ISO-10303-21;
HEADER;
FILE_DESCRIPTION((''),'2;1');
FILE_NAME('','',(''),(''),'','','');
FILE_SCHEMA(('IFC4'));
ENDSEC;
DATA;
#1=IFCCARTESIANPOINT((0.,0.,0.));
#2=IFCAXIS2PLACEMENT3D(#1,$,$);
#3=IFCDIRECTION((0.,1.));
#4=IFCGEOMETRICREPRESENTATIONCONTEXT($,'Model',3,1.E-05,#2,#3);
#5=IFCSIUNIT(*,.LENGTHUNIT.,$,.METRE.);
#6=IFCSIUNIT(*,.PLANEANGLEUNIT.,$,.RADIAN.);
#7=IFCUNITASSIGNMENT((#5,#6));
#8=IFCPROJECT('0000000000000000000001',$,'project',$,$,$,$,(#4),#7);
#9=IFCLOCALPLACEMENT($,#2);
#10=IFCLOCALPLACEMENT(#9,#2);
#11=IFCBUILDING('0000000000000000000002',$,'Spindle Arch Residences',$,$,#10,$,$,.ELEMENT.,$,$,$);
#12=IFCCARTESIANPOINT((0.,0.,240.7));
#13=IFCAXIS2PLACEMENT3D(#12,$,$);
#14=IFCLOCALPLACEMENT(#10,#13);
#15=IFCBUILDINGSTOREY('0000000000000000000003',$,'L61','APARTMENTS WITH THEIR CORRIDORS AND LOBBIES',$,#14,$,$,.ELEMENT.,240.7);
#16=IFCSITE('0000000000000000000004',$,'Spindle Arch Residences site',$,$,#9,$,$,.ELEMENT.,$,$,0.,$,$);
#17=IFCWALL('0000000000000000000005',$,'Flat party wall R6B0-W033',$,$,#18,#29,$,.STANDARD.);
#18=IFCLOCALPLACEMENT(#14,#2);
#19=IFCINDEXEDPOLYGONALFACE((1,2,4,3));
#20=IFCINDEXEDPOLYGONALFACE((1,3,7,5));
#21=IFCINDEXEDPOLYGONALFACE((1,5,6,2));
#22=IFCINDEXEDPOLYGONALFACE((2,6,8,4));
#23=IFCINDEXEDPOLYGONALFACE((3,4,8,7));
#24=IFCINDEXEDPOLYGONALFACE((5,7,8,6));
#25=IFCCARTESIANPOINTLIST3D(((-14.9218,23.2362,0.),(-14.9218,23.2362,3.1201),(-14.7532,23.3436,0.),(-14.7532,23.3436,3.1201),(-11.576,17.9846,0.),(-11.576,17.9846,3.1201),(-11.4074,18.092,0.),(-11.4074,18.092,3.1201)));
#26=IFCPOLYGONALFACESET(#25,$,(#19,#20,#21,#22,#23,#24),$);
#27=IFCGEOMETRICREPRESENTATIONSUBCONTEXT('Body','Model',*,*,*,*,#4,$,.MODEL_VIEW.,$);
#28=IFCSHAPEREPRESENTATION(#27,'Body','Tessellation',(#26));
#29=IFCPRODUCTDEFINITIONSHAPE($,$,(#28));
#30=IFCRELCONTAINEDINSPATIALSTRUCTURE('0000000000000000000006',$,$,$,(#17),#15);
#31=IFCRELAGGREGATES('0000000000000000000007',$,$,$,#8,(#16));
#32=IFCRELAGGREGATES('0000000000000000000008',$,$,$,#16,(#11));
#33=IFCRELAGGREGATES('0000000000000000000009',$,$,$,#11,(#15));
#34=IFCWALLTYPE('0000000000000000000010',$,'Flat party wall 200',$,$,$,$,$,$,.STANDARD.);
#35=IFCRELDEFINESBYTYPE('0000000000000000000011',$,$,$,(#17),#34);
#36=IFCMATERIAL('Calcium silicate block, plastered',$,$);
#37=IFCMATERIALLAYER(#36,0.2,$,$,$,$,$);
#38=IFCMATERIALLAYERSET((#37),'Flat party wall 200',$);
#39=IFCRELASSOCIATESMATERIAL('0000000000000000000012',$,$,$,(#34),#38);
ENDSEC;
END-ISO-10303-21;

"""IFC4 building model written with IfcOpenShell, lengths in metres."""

from ifc_helpers import new_model, si_unit, direction, frame, frame_2d, origin, place, context, subcontext, project, spatial, rectangle, extrude, material, layer, layer_set, type_object, element, save


model = new_model("IFC4")

# Units and contexts
model_context = context("Model", 3, precision=1e-05, world=origin(), true_north=direction((0.0, 1.0)))
body_context = subcontext(model_context, "Body", "Model", "MODEL_VIEW")
ifc_project = project(units=[si_unit("LENGTHUNIT", "METRE"), si_unit("PLANEANGLEUNIT", "RADIAN")], contexts=[model_context])

# Site, building, storey
site_placement = place(None, origin())
site = spatial("IfcSite", under=ifc_project, at=site_placement, Name="Spindle Arch Residences site", CompositionType="ELEMENT", RefElevation=0.0)
building_placement = place(site_placement, origin())
building = spatial("IfcBuilding", under=site, at=building_placement, Name="Spindle Arch Residences", CompositionType="ELEMENT")
storey_placement = place(building_placement, frame((0.0, 0.0, 240.7)))
storey = spatial("IfcBuildingStorey", under=building, at=storey_placement, Name="L61", Description="APARTMENTS WITH THEIR CORRIDORS AND LOBBIES", CompositionType="ELEMENT", Elevation=240.7)

# Wall
ifc_material_1 = material(Name="Calcium silicate block, plastered")
ifc_layer_1 = layer(ifc_material_1, 0.2)
ifc_layer_set_1 = layer_set([ifc_layer_1], Name="Flat party wall 200")
wall_type_1 = type_object("IfcWallType", Name="Flat party wall 200", PredefinedType="STANDARD", material=ifc_layer_set_1)
wall_1_placement = place(storey_placement, frame((-14.8374, 23.2898, 0.0), z_axis=(0.0, 0.0, 1.0), x_axis=(0.537317, -0.84338, 0.0)))
element("IfcWall", 1, at=wall_1_placement, inside=storey, type_object=wall_type_1, Name="Flat party wall R6B0-W033", PredefinedType="STANDARD", context=body_context, shape_type="SweptSolid", body=[
    extrude(rectangle(XDim=6.2268, YDim=0.2, at=frame_2d((3.1133, 0.0))), origin(), (0.0, 0.0, 1.0), 3.1201),
])

save(model, "model.ifc")
